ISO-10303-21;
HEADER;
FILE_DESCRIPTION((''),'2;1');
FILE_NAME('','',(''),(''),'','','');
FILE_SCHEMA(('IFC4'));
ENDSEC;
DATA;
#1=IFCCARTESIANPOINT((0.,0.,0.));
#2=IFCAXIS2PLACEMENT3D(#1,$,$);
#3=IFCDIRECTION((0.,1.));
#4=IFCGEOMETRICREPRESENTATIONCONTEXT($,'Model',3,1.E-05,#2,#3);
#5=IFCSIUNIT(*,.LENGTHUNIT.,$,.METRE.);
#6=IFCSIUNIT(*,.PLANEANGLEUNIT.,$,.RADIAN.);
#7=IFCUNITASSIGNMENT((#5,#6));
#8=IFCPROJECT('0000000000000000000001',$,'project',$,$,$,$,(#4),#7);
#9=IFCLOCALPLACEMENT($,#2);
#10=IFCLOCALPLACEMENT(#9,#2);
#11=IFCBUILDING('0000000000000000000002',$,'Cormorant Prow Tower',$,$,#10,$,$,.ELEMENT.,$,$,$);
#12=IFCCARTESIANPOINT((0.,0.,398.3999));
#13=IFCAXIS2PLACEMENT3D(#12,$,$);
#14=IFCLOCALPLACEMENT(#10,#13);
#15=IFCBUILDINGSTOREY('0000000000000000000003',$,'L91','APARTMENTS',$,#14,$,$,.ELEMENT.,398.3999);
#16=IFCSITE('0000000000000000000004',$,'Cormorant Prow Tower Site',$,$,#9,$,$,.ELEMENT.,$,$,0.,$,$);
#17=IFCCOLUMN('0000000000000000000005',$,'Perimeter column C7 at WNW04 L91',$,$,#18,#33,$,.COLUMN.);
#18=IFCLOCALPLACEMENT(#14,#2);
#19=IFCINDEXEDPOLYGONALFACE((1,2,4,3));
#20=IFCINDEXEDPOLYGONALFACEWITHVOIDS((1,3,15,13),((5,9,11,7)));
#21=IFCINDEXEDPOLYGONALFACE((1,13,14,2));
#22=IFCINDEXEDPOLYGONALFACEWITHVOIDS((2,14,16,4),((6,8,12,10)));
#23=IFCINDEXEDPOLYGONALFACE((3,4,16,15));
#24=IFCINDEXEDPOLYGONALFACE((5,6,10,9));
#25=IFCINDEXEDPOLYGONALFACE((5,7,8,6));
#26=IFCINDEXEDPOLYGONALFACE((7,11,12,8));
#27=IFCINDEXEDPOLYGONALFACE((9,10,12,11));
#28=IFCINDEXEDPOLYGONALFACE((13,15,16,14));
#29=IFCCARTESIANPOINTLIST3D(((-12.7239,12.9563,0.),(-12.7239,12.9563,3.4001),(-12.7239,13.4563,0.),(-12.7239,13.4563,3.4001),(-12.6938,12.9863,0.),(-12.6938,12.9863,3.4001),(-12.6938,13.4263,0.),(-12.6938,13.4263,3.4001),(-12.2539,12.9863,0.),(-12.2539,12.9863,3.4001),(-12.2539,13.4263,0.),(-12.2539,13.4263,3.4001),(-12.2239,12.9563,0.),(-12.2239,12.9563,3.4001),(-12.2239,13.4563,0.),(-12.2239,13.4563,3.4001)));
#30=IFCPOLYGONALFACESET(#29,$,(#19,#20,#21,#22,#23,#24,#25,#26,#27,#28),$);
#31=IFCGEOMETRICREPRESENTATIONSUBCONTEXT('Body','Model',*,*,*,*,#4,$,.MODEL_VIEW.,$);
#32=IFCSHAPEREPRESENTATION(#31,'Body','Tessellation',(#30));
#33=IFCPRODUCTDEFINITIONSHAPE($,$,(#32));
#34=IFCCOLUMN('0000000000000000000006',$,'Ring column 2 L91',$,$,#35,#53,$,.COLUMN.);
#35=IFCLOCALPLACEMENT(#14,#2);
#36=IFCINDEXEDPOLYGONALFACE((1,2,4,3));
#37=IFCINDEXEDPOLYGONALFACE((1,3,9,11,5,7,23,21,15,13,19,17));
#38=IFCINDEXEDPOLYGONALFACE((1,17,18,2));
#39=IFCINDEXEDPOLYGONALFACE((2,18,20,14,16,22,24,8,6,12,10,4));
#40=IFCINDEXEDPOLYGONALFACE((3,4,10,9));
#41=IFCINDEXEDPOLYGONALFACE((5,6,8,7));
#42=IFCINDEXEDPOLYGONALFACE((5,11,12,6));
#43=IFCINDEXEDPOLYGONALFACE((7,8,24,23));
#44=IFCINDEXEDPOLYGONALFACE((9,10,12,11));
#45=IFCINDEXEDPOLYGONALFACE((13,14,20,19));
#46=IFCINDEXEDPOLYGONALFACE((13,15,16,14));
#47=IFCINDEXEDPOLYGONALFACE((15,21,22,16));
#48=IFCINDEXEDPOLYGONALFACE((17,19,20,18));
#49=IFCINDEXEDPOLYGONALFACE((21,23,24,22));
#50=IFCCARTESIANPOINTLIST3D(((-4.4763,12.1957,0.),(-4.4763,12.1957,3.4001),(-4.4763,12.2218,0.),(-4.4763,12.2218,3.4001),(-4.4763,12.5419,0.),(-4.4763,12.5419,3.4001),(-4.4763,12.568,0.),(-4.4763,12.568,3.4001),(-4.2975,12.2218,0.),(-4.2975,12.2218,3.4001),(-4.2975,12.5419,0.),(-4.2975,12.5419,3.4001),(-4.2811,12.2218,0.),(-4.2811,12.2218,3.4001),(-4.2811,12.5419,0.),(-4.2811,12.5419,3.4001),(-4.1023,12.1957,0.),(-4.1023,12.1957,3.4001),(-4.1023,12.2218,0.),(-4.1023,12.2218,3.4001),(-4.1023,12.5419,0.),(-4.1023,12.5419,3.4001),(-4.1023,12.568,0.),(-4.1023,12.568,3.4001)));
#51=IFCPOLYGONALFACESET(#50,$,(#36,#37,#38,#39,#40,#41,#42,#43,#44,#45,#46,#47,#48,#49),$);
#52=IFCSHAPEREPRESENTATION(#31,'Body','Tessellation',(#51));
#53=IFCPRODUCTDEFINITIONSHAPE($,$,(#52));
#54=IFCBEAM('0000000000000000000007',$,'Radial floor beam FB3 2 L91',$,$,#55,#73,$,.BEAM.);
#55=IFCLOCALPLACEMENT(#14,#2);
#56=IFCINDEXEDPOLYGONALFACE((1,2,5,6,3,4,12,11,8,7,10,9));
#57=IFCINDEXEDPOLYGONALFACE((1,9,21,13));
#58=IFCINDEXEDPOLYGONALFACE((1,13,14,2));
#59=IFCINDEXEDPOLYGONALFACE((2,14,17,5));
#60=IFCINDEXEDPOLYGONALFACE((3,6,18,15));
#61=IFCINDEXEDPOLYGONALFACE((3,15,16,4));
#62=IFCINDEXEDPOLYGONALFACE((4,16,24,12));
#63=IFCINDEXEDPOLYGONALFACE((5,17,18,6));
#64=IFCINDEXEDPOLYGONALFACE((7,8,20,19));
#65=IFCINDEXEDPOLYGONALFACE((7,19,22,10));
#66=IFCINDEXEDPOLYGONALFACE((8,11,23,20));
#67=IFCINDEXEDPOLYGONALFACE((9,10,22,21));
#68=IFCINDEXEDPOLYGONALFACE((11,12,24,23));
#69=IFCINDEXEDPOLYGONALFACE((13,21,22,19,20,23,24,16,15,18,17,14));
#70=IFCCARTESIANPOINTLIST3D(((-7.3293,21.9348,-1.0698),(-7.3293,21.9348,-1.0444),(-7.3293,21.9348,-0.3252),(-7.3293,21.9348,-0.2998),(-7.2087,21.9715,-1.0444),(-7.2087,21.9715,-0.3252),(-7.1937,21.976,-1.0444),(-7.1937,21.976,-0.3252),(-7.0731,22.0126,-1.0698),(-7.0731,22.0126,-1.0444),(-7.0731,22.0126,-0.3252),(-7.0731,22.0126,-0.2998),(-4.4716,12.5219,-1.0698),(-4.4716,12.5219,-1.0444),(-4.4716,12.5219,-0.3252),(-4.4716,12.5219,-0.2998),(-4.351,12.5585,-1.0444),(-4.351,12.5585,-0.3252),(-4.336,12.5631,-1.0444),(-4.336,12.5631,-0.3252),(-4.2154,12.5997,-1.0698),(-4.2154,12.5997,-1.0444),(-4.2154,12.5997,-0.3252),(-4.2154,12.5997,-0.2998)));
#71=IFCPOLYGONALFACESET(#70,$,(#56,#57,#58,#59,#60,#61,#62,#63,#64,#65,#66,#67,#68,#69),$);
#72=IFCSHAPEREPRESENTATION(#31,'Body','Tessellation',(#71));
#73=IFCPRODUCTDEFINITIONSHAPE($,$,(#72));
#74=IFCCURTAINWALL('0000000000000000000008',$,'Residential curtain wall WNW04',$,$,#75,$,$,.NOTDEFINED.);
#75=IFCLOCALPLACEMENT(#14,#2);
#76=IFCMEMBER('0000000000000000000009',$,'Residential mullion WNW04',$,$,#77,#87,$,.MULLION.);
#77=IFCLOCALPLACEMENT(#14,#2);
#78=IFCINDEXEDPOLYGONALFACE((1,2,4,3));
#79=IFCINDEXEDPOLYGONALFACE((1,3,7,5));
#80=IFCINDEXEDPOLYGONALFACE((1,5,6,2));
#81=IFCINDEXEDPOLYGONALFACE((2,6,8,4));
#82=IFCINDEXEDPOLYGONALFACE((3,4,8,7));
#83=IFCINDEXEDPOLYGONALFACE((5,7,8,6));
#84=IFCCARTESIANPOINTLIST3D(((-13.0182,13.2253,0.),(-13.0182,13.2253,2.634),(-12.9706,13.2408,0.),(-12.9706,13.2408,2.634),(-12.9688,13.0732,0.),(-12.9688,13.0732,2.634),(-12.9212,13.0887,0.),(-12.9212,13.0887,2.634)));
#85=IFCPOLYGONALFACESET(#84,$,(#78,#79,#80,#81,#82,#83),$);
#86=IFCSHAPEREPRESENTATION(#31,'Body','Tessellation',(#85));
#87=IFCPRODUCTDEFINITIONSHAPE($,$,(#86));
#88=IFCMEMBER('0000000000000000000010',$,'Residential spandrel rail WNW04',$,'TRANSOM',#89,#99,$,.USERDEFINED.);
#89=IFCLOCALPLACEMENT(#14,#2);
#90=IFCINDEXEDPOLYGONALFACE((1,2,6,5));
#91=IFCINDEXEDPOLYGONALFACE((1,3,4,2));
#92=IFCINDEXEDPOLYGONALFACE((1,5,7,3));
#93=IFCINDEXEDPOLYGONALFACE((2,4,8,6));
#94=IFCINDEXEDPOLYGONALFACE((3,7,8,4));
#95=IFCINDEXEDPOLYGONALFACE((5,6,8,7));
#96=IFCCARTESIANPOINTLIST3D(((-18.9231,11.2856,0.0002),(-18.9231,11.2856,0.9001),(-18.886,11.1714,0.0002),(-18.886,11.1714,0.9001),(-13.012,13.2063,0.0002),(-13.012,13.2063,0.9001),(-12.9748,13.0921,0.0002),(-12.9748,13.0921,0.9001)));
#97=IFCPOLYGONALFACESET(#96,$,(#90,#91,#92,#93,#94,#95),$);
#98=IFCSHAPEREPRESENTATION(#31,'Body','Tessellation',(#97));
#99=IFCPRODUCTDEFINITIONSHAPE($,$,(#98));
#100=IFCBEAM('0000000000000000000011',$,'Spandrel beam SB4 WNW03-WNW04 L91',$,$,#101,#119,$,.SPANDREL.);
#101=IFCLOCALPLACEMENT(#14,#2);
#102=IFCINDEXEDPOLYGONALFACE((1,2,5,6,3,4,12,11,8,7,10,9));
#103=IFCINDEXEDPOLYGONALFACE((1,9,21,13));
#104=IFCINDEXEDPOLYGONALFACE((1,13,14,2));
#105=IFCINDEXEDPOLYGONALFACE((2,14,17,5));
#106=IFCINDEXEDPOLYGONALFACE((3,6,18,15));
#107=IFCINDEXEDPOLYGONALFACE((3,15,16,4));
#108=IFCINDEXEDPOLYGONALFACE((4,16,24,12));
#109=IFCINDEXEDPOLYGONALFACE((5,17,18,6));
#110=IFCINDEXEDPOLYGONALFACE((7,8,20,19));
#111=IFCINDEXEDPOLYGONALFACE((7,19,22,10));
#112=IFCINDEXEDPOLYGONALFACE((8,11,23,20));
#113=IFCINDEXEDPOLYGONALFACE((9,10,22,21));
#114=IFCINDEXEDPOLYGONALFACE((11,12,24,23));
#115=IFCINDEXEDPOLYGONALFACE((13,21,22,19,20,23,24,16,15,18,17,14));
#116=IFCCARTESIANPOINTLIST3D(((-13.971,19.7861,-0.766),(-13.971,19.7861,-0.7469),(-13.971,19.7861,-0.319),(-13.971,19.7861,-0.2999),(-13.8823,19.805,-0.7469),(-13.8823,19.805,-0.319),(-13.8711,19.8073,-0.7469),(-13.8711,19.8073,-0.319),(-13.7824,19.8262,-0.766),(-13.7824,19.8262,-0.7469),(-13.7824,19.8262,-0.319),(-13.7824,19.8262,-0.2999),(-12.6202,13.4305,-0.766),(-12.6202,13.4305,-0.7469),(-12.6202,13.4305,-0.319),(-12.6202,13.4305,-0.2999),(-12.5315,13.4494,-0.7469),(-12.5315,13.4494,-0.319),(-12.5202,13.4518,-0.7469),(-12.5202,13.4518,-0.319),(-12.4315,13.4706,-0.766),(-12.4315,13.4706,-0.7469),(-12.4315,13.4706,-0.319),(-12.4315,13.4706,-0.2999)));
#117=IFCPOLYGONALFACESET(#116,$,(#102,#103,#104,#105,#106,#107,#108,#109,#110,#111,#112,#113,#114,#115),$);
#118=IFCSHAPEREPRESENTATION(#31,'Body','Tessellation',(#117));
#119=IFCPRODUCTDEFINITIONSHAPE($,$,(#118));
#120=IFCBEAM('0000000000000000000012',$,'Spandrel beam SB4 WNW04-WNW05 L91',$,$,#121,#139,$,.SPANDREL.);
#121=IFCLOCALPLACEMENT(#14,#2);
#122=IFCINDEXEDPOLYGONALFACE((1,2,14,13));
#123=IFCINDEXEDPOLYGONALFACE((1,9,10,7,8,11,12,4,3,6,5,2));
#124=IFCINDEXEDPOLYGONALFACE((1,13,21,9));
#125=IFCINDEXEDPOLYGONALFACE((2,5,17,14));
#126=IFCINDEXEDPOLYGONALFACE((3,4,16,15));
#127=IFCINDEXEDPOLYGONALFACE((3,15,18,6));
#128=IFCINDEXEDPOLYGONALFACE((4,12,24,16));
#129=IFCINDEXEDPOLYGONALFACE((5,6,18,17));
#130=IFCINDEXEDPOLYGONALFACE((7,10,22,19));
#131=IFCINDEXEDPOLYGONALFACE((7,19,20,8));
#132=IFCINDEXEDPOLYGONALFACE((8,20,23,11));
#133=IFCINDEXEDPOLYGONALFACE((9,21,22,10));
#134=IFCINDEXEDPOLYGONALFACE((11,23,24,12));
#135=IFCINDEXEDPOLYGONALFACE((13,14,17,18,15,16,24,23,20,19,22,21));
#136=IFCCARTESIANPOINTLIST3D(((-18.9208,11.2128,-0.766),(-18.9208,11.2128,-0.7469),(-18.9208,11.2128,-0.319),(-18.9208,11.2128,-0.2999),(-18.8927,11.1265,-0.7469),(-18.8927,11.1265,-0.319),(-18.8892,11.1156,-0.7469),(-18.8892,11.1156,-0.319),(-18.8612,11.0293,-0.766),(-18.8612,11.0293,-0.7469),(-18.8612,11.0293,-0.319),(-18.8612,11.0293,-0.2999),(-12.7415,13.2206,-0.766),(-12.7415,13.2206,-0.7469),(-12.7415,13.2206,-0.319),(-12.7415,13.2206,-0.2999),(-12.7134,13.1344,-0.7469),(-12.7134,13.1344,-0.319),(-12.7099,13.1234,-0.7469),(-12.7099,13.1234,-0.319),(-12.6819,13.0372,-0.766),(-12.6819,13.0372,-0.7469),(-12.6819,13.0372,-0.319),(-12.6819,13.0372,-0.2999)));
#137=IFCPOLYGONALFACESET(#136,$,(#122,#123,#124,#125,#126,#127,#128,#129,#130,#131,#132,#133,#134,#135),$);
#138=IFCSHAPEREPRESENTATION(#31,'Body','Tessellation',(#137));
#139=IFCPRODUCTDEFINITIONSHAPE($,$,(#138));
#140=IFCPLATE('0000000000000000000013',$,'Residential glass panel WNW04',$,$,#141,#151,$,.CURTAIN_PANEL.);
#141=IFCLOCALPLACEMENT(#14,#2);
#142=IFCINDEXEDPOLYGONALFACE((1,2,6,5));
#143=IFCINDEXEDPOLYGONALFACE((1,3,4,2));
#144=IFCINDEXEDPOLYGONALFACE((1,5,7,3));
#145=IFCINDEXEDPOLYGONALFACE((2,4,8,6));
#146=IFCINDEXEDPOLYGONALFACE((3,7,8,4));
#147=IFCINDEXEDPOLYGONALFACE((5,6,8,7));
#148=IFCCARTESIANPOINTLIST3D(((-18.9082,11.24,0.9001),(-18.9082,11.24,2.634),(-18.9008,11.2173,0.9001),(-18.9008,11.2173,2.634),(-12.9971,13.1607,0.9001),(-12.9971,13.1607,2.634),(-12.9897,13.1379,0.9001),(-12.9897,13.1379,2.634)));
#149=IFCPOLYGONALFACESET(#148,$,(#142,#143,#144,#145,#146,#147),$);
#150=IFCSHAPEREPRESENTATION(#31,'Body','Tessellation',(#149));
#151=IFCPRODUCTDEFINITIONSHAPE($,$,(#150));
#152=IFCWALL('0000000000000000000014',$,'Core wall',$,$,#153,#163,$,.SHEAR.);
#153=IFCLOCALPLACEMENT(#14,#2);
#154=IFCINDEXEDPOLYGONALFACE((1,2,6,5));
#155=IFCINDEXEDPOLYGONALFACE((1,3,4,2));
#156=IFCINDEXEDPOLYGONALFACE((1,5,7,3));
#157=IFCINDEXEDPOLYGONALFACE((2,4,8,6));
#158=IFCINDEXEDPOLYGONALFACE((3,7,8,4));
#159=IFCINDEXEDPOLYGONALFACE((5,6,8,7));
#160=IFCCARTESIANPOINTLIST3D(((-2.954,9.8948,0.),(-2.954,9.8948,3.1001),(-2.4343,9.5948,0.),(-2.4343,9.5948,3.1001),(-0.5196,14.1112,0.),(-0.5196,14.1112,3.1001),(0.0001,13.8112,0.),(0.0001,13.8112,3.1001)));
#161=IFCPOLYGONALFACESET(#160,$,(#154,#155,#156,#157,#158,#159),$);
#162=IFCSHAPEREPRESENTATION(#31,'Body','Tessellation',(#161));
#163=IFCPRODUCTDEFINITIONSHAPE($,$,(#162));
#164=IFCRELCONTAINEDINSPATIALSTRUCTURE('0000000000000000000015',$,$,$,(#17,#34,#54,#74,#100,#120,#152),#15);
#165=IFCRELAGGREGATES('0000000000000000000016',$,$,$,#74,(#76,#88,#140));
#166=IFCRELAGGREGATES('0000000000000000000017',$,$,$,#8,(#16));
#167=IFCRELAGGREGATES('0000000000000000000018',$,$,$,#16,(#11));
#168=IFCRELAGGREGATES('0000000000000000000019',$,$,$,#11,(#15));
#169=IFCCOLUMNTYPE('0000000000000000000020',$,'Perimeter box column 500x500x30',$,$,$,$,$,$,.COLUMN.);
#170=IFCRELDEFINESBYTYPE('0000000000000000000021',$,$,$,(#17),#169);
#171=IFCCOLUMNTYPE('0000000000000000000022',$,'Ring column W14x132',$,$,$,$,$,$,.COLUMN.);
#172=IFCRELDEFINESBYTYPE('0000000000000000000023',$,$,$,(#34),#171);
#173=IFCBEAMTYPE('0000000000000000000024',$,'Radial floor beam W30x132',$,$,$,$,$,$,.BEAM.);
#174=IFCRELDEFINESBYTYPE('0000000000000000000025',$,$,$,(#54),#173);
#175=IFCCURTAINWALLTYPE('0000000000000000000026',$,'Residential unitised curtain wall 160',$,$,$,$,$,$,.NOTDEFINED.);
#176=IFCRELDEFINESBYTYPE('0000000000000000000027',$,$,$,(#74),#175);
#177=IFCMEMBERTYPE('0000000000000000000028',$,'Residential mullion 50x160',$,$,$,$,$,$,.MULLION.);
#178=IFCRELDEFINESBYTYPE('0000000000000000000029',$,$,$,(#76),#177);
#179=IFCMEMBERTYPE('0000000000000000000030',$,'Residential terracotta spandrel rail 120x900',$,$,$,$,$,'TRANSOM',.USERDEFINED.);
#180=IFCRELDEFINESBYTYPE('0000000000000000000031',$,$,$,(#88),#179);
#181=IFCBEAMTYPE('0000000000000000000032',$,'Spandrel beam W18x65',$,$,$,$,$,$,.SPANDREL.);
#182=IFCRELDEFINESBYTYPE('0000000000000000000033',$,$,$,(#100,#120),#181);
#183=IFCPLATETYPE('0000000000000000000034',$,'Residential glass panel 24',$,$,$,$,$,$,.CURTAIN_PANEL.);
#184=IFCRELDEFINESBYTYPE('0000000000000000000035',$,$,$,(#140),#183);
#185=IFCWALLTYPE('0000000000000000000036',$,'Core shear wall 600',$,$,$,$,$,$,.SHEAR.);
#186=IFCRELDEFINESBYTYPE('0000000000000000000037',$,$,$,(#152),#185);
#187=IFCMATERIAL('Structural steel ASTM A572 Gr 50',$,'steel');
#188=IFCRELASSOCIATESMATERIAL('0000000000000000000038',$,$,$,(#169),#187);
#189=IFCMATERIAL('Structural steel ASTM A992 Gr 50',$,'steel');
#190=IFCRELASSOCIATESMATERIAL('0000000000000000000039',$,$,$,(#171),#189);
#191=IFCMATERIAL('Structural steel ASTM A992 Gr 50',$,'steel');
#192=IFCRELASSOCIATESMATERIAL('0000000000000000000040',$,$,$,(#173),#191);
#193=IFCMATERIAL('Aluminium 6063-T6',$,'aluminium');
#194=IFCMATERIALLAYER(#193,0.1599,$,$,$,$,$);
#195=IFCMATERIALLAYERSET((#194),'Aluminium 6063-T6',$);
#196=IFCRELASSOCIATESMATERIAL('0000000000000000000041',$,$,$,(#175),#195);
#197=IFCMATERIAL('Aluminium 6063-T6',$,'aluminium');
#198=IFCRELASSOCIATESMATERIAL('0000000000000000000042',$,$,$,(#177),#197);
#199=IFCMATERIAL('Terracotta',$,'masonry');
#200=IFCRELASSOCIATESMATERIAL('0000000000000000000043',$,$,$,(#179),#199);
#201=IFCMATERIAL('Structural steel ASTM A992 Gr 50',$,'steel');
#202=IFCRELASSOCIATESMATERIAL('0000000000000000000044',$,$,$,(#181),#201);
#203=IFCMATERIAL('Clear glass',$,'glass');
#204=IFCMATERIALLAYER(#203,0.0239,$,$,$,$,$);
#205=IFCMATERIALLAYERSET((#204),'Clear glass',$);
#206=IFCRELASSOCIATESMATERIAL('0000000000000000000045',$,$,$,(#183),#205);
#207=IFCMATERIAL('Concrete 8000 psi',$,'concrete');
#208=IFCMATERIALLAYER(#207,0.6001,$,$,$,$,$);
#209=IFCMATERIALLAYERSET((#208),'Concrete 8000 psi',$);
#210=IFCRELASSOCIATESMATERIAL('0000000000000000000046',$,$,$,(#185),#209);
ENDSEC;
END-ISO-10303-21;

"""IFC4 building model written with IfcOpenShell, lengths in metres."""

from ifc_helpers import new_model, si_unit, direction, frame, frame_2d, origin, origin_2d, place, context, subcontext, project, spatial, rectangle, hollow_rectangle, i_section, extrude, material, layer, layer_set, material_profile, profile_set, type_object, element, aggregate, save


model = new_model("IFC4")

# Units and contexts
model_context = context("Model", 3, precision=1e-05, world=origin(), true_north=direction((0.0, 1.0)))
body_context = subcontext(model_context, "Body", "Model", "MODEL_VIEW")
ifc_project = project(units=[si_unit("LENGTHUNIT", "METRE"), si_unit("PLANEANGLEUNIT", "RADIAN")], contexts=[model_context])

# Site, building, storey
site_placement = place(None, origin())
site = spatial("IfcSite", under=ifc_project, at=site_placement, Name="Cormorant Prow Tower Site", CompositionType="ELEMENT", RefElevation=0.0)
building_placement = place(site_placement, origin())
building = spatial("IfcBuilding", under=site, at=building_placement, Name="Cormorant Prow Tower", CompositionType="ELEMENT")
storey_placement = place(building_placement, frame((0.0, 0.0, 398.3999)))
storey = spatial("IfcBuildingStorey", under=building, at=storey_placement, Name="L91", Description="APARTMENTS", CompositionType="ELEMENT", Elevation=398.3999)

# Columns
ifc_material_1 = material(Name="Structural steel ASTM A572 Gr 50", Category="steel")
ifc_material_profile_1 = material_profile(ifc_material_1, hollow_rectangle(XDim=0.5, YDim=0.5, WallThickness=0.03, at=origin_2d()), Name="Box 500x500x30")
ifc_profile_set_1 = profile_set([ifc_material_profile_1], Name="Structural steel ASTM A572 Gr 50")
column_type_1 = type_object("IfcColumnType", Name="Perimeter box column 500x500x30", PredefinedType="COLUMN", material=ifc_profile_set_1)
column_1_placement = place(storey_placement, frame((-12.4739, 13.2063, 0.0), z_axis=(0.0, 0.0, 1.0), x_axis=(1.0, 0.0, 0.0)))
element("IfcColumn", 1, at=column_1_placement, inside=storey, type_object=column_type_1, Name="Perimeter column C7 at WNW04 L91", PredefinedType="COLUMN", context=body_context, shape_type="SweptSolid", body=[
    extrude(hollow_rectangle(XDim=0.5, YDim=0.5, WallThickness=0.03, at=origin_2d()), origin(), (0.0, 0.0, 1.0), 3.4001),
])
ifc_material_2 = material(Name="Structural steel ASTM A992 Gr 50", Category="steel")
ifc_material_profile_2 = material_profile(ifc_material_2, i_section(OverallWidth=0.374, OverallDepth=0.3723, WebThickness=0.0164, FlangeThickness=0.0261, at=origin_2d()), Name="W14x132")
ifc_profile_set_2 = profile_set([ifc_material_profile_2], Name="Structural steel ASTM A992 Gr 50")
column_type_2 = type_object("IfcColumnType", Name="Ring column W14x132", PredefinedType="COLUMN", material=ifc_profile_set_2)
column_2_placement = place(storey_placement, frame((-4.2893, 12.3818, 0.0), z_axis=(0.0, 0.0, 1.0), x_axis=(1.0, 0.0, 0.0)))
element("IfcColumn", 2, at=column_2_placement, inside=storey, type_object=column_type_2, Name="Ring column 2 L91", PredefinedType="COLUMN", context=body_context, shape_type="SweptSolid", body=[
    extrude(i_section(OverallWidth=0.374, OverallDepth=0.3723, WebThickness=0.0164, FlangeThickness=0.0261, at=origin_2d()), origin(), (0.0, 0.0, 1.0), 3.4001),
])

# Beam
ifc_material_3 = material(Name="Structural steel ASTM A992 Gr 50", Category="steel")
ifc_material_profile_3 = material_profile(ifc_material_3, i_section(OverallWidth=0.2678, OverallDepth=0.77, WebThickness=0.0156, FlangeThickness=0.0254, at=origin_2d()), Name="W30x132")
ifc_profile_set_3 = profile_set([ifc_material_profile_3], Name="Structural steel ASTM A992 Gr 50")
beam_type_1 = type_object("IfcBeamType", Name="Radial floor beam W30x132", PredefinedType="BEAM", material=ifc_profile_set_3)
beam_1_placement = place(storey_placement, frame((-4.3435, 12.5608, -0.6848), z_axis=(-0.2905, 0.956875, 0.0), x_axis=(-0.956875, -0.2905, 0.0)))
element("IfcBeam", 3, at=beam_1_placement, inside=storey, type_object=beam_type_1, Name="Radial floor beam FB3 2 L91", PredefinedType="BEAM", context=body_context, shape_type="SweptSolid", body=[
    extrude(i_section(OverallWidth=0.2678, OverallDepth=0.77, WebThickness=0.0156, FlangeThickness=0.0254, at=origin_2d()), origin(), (0.0, 0.0, 1.0), 9.8372),
])

# Curtain wall, members
ifc_material_4 = material(Name="Aluminium 6063-T6", Category="aluminium")
ifc_layer_1 = layer(ifc_material_4, 0.1599)
ifc_layer_set_1 = layer_set([ifc_layer_1], Name="Aluminium 6063-T6")
curtain_wall_type = type_object("IfcCurtainWallType", Name="Residential unitised curtain wall 160", PredefinedType="NOTDEFINED", material=ifc_layer_set_1)
curtain_wall_placement = place(storey_placement, origin())
curtain_wall = element("IfcCurtainWall", 4, at=curtain_wall_placement, inside=storey, type_object=curtain_wall_type, Name="Residential curtain wall WNW04", PredefinedType="NOTDEFINED")
ifc_material_5 = material(Name="Aluminium 6063-T6", Category="aluminium")
ifc_material_profile_4 = material_profile(ifc_material_5, rectangle(XDim=0.1599, YDim=0.05, at=origin_2d()), Name="Residential mullion 50x160")
ifc_profile_set_4 = profile_set([ifc_material_profile_4], Name="Aluminium 6063-T6")
member_type_1 = type_object("IfcMemberType", Name="Residential mullion 50x160", PredefinedType="MULLION", material=ifc_profile_set_4)
member_1_placement = place(storey_placement, frame((-12.9697, 13.157, 0.0), z_axis=(0.0, 0.0, 1.0), x_axis=(0.309017, -0.951056, 0.0)))
member_1 = element("IfcMember", 5, at=member_1_placement, type_object=member_type_1, Name="Residential mullion WNW04", PredefinedType="MULLION", context=body_context, shape_type="SweptSolid", body=[
    extrude(rectangle(XDim=0.1599, YDim=0.05, at=origin_2d()), origin(), (0.0, 0.0, 1.0), 2.634),
])
ifc_material_6 = material(Name="Terracotta", Category="masonry")
ifc_material_profile_5 = material_profile(ifc_material_6, rectangle(XDim=0.1201, YDim=0.8999, at=origin_2d()), Name="Residential terracotta spandrel rail 120x900")
ifc_profile_set_5 = profile_set([ifc_material_profile_5], Name="Terracotta")
member_type_2 = type_object("IfcMemberType", Name="Residential terracotta spandrel rail 120x900", ElementType="TRANSOM", PredefinedType="USERDEFINED", material=ifc_profile_set_5)
member_2_placement = place(storey_placement, frame((-12.9934, 13.1492, 0.4502), z_axis=(-0.951056, -0.309019, 0.0), x_axis=(0.309019, -0.951056, 0.0)))
member_2 = element("IfcMember", 6, at=member_2_placement, type_object=member_type_2, Name="Residential spandrel rail WNW04", ObjectType="TRANSOM", PredefinedType="USERDEFINED", context=body_context, shape_type="SweptSolid", body=[
    extrude(rectangle(XDim=0.1201, YDim=0.8999, at=origin_2d()), origin(), (0.0, 0.0, 1.0), 6.2153),
])

# Beams
ifc_material_7 = material(Name="Structural steel ASTM A992 Gr 50", Category="steel")
ifc_material_profile_6 = material_profile(ifc_material_7, i_section(OverallWidth=0.1929, OverallDepth=0.4661, WebThickness=0.0115, FlangeThickness=0.019, at=origin_2d()), Name="W18x65")
ifc_profile_set_6 = profile_set([ifc_material_profile_6], Name="Structural steel ASTM A992 Gr 50")
beam_type_2 = type_object("IfcBeamType", Name="Spandrel beam W18x65", PredefinedType="SPANDREL", material=ifc_profile_set_6)
beam_2_placement = place(storey_placement, frame((-13.8767, 19.8062, -0.533), z_axis=(0.207902, -0.97815, 0.0), x_axis=(0.97815, 0.207902, 0.0)))
element("IfcBeam", 7, at=beam_2_placement, inside=storey, type_object=beam_type_2, Name="Spandrel beam SB4 WNW03-WNW04 L91", PredefinedType="SPANDREL", context=body_context, shape_type="SweptSolid", body=[
    extrude(i_section(OverallWidth=0.1929, OverallDepth=0.4661, WebThickness=0.0115, FlangeThickness=0.019, at=origin_2d()), origin(), (0.0, 0.0, 1.0), 6.4976),
])
beam_3_placement = place(storey_placement, frame((-12.7117, 13.1289, -0.533), z_axis=(-0.951053, -0.309027, 0.0), x_axis=(0.309027, -0.951053, 0.0)))
element("IfcBeam", 8, at=beam_3_placement, inside=storey, type_object=beam_type_2, Name="Spandrel beam SB4 WNW04-WNW05 L91", PredefinedType="SPANDREL", context=body_context, shape_type="SweptSolid", body=[
    extrude(i_section(OverallWidth=0.1929, OverallDepth=0.4661, WebThickness=0.0115, FlangeThickness=0.019, at=origin_2d()), origin(), (0.0, 0.0, 1.0), 6.4973),
])

# Plate
ifc_material_8 = material(Name="Clear glass", Category="glass")
ifc_layer_2 = layer(ifc_material_8, 0.0239)
ifc_layer_set_2 = layer_set([ifc_layer_2], Name="Clear glass")
plate_type = type_object("IfcPlateType", Name="Residential glass panel 24", PredefinedType="CURTAIN_PANEL", material=ifc_layer_set_2)
plate_placement = place(storey_placement, frame((-15.949, 12.189, 0.9001), z_axis=(0.0, 0.0, 1.0), x_axis=(-0.951056, -0.309017, 0.0)))
plate = element("IfcPlate", 9, at=plate_placement, type_object=plate_type, Name="Residential glass panel WNW04", PredefinedType="CURTAIN_PANEL", context=body_context, shape_type="SweptSolid", body=[
    extrude(rectangle(XDim=6.2153, YDim=0.0239, at=origin_2d()), origin(), (0.0, 0.0, 1.0), 1.7339),
])
aggregate(curtain_wall, [member_1, member_2, plate])

# Wall
ifc_material_9 = material(Name="Concrete 8000 psi", Category="concrete")
ifc_layer_3 = layer(ifc_material_9, 0.6001)
ifc_layer_set_3 = layer_set([ifc_layer_3], Name="Concrete 8000 psi")
wall_type_1 = type_object("IfcWallType", Name="Core shear wall 600", PredefinedType="SHEAR", material=ifc_layer_set_3)
wall_1_placement = place(storey_placement, frame((-0.2598, 13.9612, 0.0), z_axis=(0.0, 0.0, 1.0), x_axis=(-0.500006, -0.866022, 0.0)))
element("IfcWall", 10, at=wall_1_placement, inside=storey, type_object=wall_type_1, Name="Core wall", PredefinedType="SHEAR", context=body_context, shape_type="SweptSolid", body=[
    extrude(rectangle(XDim=4.8687, YDim=0.6001, at=frame_2d((2.4343, 0.0))), origin(), (0.0, 0.0, 1.0), 3.1001),
])

save(model, "model.ifc")
